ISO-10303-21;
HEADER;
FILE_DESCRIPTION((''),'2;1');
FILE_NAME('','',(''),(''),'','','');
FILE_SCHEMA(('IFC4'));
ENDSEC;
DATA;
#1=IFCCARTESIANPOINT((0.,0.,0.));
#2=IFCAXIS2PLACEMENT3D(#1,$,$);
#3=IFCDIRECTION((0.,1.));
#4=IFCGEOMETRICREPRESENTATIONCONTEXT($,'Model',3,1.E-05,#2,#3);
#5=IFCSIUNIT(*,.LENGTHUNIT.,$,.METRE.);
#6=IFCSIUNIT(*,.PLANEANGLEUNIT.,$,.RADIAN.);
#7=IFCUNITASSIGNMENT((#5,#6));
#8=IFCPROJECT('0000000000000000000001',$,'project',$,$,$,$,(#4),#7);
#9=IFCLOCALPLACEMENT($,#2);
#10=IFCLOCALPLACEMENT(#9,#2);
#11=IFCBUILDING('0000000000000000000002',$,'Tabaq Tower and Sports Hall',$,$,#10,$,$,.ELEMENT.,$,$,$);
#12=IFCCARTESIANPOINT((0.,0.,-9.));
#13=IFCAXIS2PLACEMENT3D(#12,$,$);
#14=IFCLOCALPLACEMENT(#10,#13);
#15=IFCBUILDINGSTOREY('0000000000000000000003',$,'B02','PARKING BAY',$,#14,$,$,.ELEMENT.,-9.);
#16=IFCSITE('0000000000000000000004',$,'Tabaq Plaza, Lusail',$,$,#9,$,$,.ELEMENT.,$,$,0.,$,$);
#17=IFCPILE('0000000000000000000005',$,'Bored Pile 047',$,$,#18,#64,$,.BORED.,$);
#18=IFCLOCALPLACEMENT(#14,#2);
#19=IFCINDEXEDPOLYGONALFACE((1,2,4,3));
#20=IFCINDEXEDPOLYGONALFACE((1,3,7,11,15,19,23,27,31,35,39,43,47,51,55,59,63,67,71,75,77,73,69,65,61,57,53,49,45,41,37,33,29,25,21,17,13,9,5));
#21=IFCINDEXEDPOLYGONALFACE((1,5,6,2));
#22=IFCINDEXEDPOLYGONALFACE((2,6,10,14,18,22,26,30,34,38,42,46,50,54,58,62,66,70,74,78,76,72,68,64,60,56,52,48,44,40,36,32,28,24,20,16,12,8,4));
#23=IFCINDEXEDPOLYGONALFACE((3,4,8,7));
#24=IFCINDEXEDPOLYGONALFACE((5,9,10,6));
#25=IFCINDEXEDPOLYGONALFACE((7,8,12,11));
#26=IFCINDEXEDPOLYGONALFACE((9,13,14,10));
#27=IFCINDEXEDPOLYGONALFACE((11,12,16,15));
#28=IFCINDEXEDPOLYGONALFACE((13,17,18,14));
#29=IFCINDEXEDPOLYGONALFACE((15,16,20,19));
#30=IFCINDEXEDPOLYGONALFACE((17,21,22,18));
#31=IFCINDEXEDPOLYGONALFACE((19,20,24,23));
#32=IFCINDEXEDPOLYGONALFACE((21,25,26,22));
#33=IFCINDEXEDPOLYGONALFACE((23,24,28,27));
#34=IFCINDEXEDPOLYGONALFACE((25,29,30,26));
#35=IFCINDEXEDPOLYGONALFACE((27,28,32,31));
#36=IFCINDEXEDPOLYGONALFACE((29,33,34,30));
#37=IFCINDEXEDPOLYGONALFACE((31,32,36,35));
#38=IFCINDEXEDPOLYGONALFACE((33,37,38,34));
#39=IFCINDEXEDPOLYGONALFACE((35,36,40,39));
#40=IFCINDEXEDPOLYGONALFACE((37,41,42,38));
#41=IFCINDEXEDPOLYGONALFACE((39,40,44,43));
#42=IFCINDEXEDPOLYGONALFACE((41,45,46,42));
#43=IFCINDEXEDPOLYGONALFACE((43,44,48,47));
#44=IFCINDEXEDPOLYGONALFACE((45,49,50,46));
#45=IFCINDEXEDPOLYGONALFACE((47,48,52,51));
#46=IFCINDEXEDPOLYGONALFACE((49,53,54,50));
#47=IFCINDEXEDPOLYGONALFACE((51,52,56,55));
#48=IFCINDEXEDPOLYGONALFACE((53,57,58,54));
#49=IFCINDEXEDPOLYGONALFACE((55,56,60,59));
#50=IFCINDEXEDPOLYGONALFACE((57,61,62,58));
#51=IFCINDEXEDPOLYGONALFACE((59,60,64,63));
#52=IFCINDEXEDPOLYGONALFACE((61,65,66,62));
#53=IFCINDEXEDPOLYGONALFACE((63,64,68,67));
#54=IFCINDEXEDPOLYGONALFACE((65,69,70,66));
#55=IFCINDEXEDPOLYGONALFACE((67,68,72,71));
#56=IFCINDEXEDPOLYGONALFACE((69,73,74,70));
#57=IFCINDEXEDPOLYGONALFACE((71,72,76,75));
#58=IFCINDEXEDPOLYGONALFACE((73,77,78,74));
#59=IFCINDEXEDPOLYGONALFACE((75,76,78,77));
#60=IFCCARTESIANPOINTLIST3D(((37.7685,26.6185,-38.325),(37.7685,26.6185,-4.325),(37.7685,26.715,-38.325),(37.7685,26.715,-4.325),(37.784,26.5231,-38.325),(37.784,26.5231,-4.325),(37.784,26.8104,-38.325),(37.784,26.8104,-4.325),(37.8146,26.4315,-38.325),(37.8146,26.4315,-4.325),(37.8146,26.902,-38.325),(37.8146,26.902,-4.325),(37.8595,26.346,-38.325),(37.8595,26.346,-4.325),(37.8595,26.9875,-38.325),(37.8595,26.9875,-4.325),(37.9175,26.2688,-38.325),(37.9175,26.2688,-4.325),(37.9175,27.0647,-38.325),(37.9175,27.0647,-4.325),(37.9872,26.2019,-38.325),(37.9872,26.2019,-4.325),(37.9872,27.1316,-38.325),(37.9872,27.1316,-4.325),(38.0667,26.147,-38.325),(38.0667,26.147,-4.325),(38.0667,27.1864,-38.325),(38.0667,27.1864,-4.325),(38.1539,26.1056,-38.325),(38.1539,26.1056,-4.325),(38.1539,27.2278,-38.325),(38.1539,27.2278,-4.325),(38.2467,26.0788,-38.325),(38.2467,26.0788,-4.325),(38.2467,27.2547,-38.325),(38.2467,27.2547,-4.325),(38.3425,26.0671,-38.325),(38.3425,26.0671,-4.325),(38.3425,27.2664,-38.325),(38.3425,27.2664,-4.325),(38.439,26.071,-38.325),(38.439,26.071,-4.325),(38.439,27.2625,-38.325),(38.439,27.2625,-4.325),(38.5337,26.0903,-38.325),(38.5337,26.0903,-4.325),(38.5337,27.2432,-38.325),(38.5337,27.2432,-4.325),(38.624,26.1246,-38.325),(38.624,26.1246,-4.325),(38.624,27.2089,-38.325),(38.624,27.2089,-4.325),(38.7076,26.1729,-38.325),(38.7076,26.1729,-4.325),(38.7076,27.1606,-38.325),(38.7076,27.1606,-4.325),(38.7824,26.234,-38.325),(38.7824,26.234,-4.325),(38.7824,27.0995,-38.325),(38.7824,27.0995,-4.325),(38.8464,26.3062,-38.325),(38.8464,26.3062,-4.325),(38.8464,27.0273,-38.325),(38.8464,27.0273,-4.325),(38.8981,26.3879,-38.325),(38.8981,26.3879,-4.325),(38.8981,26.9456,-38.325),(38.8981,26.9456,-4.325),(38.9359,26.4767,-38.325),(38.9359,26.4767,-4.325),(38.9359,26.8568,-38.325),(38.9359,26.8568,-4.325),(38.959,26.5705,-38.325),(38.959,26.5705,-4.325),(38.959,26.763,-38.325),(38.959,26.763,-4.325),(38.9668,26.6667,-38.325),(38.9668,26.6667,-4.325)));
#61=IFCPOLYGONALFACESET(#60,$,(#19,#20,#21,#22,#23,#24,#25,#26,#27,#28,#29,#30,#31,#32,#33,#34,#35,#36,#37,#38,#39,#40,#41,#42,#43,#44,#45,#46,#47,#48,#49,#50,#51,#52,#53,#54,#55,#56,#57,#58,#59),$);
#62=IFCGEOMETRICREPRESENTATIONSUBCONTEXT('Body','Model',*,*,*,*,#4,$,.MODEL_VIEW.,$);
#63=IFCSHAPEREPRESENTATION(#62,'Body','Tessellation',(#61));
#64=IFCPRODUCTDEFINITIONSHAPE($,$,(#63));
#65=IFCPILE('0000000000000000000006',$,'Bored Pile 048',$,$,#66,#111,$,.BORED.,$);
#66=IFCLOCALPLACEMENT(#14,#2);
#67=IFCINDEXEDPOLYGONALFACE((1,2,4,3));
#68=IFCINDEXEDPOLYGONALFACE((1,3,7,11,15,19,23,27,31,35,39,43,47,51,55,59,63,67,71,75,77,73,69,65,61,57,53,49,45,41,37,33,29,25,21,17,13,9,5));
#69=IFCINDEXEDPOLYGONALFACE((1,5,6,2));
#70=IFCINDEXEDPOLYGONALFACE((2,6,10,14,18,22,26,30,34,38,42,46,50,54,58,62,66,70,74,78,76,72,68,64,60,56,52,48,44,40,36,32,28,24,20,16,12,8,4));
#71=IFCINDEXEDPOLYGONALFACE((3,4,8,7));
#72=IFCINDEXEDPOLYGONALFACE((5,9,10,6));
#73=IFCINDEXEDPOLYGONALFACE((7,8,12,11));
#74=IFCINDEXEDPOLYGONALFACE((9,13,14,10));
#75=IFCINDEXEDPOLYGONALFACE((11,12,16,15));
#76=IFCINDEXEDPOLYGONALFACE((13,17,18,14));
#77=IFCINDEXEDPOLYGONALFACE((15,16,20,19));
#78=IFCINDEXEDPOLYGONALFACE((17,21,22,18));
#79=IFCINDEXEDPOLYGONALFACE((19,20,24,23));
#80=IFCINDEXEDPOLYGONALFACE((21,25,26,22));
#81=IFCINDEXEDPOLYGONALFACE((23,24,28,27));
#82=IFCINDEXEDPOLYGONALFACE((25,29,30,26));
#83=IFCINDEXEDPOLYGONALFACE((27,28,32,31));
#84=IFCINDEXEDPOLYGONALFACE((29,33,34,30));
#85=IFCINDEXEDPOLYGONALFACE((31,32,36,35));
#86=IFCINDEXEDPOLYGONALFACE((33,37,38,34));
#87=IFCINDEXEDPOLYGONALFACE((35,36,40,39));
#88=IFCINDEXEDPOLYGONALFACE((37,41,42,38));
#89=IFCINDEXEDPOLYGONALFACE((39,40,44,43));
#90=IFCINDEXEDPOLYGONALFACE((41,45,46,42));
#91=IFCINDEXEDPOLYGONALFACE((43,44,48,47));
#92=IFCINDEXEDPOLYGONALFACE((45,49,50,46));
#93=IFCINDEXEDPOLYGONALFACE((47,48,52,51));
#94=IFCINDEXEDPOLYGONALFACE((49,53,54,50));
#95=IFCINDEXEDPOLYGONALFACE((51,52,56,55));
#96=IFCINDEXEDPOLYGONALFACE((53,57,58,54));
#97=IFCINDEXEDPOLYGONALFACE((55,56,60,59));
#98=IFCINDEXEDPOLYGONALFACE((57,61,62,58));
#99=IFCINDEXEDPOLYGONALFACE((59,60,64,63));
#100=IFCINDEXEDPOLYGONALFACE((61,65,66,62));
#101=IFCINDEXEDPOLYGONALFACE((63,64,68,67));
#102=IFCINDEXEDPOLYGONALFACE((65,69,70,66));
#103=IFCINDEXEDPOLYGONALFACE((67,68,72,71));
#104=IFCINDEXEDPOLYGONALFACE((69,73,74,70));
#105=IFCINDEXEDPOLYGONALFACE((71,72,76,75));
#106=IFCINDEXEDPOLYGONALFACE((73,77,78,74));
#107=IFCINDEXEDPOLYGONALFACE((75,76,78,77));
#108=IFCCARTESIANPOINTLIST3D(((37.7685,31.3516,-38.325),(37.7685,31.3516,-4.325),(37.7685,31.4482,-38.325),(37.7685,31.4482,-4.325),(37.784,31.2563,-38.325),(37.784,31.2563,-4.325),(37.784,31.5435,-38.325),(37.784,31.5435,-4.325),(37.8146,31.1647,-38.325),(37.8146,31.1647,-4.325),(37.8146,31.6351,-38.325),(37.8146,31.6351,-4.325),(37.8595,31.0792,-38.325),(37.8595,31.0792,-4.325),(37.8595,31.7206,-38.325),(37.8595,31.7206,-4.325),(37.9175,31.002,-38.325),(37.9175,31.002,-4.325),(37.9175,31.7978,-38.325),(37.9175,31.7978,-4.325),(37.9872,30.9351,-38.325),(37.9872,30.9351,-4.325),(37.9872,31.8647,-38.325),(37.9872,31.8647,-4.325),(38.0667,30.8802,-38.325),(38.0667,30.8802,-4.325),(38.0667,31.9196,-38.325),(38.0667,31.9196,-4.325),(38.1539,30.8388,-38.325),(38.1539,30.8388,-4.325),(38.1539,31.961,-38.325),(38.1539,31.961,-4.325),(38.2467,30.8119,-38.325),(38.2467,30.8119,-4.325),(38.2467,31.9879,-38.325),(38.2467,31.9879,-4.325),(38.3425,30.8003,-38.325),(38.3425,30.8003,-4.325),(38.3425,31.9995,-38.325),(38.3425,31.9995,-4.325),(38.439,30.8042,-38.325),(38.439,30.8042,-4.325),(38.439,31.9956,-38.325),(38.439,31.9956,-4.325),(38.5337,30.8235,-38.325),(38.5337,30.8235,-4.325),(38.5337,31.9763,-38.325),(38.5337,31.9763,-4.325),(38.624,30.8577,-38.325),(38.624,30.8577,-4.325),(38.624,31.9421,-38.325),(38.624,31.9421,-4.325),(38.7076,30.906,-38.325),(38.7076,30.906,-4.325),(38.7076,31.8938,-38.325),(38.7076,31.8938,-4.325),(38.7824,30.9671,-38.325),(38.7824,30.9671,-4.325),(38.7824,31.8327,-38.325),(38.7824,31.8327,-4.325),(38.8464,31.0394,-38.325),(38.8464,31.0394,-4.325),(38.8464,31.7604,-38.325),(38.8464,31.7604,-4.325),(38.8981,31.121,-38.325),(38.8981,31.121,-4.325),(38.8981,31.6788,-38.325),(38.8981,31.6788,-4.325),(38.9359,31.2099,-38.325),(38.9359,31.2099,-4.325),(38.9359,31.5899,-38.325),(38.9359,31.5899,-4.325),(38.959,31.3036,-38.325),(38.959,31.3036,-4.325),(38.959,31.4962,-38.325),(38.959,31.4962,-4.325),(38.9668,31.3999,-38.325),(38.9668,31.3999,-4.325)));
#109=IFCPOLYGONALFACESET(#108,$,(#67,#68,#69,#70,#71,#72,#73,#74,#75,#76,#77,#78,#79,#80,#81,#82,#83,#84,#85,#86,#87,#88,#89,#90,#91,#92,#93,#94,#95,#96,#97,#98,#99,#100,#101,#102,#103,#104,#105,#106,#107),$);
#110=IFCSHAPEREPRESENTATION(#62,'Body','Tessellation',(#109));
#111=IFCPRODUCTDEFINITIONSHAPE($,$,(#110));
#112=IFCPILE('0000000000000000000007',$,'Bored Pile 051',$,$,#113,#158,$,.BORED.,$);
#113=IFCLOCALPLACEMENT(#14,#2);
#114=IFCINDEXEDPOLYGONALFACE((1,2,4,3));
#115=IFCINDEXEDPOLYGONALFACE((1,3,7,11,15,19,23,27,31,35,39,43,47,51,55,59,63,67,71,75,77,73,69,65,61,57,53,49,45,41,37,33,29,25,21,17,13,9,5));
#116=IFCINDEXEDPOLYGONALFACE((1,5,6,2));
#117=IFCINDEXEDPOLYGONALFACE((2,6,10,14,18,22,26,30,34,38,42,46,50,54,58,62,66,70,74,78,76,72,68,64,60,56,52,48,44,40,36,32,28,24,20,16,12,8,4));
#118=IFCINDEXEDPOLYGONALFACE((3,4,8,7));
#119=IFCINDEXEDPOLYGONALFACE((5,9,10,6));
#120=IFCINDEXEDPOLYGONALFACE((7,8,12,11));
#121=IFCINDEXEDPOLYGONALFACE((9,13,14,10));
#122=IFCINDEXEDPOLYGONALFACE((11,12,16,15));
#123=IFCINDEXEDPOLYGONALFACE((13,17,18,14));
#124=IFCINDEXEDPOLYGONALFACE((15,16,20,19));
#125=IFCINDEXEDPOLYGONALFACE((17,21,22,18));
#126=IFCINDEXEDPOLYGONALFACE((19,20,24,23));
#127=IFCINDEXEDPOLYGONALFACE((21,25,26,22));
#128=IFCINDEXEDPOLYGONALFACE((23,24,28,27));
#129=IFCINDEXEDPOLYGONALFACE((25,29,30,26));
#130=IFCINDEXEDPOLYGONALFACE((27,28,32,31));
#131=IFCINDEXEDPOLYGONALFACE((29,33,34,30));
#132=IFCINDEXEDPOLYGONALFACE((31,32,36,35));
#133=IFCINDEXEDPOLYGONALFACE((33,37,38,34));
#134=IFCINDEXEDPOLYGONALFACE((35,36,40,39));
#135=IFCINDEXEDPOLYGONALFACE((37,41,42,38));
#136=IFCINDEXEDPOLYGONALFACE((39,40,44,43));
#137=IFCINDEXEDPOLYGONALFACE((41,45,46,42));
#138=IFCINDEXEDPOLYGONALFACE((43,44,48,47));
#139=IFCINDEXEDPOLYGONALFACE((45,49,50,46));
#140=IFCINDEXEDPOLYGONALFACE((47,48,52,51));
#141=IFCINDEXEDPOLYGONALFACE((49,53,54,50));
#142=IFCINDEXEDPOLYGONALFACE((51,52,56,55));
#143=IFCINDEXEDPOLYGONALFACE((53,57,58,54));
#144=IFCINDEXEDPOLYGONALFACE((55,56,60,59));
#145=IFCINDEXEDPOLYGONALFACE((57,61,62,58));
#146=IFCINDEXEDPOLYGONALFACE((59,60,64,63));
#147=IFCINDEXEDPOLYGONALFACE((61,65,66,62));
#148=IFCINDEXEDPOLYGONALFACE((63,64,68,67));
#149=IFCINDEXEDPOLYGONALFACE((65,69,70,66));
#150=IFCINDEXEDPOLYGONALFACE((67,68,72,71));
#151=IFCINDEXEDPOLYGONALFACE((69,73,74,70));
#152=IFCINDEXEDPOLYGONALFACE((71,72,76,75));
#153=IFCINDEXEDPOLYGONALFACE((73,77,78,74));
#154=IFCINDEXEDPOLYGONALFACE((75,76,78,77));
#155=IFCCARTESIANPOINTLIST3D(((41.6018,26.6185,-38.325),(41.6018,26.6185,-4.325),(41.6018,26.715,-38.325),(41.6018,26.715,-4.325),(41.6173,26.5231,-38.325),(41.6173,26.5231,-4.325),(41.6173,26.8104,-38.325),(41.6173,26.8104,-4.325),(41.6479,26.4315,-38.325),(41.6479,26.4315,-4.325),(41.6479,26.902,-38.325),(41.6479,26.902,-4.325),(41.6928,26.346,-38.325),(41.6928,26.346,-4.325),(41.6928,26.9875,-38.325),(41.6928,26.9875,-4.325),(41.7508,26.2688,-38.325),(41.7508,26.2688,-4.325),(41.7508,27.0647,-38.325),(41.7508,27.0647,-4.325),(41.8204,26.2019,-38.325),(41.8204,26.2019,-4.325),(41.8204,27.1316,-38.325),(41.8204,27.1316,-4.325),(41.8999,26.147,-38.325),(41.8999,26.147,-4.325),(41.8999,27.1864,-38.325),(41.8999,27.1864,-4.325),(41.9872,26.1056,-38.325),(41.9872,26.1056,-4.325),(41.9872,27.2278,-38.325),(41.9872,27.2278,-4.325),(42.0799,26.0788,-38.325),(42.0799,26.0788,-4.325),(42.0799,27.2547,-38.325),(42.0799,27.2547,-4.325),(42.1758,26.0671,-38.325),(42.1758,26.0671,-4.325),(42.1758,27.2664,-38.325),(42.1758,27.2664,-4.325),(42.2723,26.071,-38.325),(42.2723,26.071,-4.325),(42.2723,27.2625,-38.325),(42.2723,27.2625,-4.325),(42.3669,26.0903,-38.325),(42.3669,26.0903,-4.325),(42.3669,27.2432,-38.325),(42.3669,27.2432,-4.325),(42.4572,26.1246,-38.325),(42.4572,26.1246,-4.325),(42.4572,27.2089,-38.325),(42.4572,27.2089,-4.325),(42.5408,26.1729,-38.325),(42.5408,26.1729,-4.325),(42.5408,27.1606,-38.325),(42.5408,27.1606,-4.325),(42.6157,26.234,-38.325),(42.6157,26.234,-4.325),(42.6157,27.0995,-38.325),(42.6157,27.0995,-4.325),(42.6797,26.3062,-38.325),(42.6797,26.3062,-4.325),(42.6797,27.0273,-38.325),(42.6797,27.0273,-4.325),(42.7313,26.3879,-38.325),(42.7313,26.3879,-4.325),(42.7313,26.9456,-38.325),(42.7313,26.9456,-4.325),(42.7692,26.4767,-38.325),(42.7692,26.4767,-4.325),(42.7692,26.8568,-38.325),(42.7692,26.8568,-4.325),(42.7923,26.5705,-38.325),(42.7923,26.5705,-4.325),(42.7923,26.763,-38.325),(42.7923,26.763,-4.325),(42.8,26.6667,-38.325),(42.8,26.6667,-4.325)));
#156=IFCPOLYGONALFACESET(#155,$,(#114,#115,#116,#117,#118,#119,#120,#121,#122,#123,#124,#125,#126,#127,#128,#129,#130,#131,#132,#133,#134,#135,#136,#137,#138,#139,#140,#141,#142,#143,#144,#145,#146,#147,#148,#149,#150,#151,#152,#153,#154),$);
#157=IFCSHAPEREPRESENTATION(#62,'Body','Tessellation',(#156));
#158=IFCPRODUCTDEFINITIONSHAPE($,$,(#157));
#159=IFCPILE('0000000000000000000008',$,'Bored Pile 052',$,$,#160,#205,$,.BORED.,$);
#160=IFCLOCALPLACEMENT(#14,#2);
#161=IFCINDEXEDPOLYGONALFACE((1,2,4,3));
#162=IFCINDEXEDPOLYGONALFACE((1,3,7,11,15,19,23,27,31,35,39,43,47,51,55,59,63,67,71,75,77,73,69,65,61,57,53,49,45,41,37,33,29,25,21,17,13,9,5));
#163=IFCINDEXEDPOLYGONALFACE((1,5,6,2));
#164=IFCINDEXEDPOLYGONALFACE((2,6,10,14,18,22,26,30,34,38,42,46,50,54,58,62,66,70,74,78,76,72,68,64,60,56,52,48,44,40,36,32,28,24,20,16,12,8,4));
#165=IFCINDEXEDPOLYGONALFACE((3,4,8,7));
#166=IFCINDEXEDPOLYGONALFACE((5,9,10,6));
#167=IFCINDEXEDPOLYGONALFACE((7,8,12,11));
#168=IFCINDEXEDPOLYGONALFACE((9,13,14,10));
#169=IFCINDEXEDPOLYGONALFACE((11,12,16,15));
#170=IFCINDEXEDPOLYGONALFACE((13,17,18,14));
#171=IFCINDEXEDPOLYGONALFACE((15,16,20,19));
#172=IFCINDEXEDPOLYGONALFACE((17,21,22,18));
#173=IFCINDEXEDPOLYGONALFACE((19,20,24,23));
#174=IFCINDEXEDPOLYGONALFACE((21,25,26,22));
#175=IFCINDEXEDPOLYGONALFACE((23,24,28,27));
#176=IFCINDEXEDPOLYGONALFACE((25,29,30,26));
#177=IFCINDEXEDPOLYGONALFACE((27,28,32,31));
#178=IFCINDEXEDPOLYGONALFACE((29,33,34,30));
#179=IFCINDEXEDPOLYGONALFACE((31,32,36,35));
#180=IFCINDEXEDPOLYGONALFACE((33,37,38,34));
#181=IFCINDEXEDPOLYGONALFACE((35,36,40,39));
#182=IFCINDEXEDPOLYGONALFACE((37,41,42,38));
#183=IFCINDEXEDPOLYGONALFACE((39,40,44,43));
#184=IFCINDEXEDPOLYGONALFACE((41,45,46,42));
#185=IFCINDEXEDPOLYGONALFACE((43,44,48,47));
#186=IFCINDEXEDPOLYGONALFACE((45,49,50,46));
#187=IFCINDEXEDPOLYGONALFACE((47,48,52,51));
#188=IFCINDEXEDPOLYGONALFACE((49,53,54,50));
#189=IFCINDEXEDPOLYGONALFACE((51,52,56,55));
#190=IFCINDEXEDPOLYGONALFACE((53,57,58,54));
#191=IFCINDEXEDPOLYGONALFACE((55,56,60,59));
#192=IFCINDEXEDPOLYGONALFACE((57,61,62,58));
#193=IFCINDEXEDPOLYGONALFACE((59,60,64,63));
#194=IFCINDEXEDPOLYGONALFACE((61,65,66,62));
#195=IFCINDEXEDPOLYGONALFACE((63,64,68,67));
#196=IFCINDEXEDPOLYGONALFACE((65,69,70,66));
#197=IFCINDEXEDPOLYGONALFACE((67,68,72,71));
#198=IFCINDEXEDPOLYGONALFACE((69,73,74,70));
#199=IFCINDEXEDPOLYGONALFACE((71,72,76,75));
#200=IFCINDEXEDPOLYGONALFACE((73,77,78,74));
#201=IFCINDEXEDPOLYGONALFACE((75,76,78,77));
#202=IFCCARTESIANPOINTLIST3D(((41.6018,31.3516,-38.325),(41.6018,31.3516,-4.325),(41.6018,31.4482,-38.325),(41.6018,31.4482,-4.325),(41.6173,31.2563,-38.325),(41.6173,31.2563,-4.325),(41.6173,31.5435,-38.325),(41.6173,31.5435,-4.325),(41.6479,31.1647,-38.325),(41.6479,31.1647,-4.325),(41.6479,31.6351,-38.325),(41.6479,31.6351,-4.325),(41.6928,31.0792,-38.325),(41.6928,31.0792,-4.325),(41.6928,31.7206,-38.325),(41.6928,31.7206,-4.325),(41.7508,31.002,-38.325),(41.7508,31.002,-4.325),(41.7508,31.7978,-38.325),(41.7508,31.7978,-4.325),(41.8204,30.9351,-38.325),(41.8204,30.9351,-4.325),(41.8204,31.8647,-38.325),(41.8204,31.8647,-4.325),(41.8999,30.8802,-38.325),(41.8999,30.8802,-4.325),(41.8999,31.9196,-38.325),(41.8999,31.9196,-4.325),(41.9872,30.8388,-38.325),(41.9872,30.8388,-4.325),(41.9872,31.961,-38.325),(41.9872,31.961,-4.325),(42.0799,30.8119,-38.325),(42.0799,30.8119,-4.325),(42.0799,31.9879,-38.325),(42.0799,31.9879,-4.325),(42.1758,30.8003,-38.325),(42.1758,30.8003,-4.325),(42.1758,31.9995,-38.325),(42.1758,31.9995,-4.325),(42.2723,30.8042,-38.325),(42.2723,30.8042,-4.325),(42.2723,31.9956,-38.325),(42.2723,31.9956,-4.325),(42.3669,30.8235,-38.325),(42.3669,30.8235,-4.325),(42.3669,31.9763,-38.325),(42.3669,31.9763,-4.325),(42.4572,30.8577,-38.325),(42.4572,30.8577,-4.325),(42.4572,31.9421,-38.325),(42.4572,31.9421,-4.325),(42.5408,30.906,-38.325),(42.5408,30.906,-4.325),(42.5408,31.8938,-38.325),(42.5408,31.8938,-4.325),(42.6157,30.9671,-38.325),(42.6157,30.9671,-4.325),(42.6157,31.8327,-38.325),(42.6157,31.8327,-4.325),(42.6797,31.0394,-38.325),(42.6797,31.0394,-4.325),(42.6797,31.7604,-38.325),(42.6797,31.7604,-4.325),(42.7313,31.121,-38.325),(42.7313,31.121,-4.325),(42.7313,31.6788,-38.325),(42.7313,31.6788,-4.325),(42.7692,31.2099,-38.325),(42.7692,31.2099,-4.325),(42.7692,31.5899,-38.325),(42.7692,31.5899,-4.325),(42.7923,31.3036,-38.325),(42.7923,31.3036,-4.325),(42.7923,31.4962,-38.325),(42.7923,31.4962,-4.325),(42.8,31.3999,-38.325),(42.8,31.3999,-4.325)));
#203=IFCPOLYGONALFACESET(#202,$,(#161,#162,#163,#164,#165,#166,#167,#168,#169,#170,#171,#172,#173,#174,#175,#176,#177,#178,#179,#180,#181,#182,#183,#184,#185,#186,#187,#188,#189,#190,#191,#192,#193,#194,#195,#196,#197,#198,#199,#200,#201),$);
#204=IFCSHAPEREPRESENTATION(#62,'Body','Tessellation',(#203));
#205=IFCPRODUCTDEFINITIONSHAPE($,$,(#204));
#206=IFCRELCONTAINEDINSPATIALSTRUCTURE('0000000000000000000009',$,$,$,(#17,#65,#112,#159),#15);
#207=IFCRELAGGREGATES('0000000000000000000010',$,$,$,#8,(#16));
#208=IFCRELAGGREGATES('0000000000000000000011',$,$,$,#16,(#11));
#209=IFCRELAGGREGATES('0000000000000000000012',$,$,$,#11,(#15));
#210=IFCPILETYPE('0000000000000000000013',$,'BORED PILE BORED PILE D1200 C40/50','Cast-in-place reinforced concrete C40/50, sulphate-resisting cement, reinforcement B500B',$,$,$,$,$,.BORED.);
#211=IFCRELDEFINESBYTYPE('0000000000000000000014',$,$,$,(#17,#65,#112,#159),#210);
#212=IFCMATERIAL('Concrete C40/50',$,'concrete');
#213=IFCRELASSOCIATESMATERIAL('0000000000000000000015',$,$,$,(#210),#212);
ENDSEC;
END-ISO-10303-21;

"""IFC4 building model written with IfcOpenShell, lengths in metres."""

from ifc_helpers import new_model, si_unit, direction, frame, origin, origin_2d, place, context, subcontext, project, spatial, circle, extrude, material, material_profile, profile_set, type_object, element, save


model = new_model("IFC4")

# Units and contexts
model_context = context("Model", 3, precision=1e-05, world=origin(), true_north=direction((0.0, 1.0)))
body_context = subcontext(model_context, "Body", "Model", "MODEL_VIEW")
ifc_project = project(units=[si_unit("LENGTHUNIT", "METRE"), si_unit("PLANEANGLEUNIT", "RADIAN")], contexts=[model_context])

# Site, building, storey
site_placement = place(None, origin())
site = spatial("IfcSite", under=ifc_project, at=site_placement, Name="Tabaq Plaza, Lusail", CompositionType="ELEMENT", RefElevation=0.0)
building_placement = place(site_placement, origin())
building = spatial("IfcBuilding", under=site, at=building_placement, Name="Tabaq Tower and Sports Hall", CompositionType="ELEMENT")
storey_placement = place(building_placement, frame((0.0, 0.0, -9.0)))
storey = spatial("IfcBuildingStorey", under=building, at=storey_placement, Name="B02", Description="PARKING BAY", CompositionType="ELEMENT", Elevation=-9.0)

# Piles
ifc_material_1 = material(Name="Concrete C40/50", Category="concrete")
ifc_material_profile_1 = material_profile(ifc_material_1, circle(Radius=0.6001, at=origin_2d()), Name="BORED PILE D1200")
ifc_profile_set_1 = profile_set([ifc_material_profile_1], Name="Concrete C40/50")
pile_type = type_object("IfcPileType", Name="BORED PILE BORED PILE D1200 C40/50", Description="Cast-in-place reinforced concrete C40/50, sulphate-resisting cement, reinforcement B500B", PredefinedType="BORED", material=ifc_profile_set_1)
for number, where, z_axis, x_axis, name in (
    (1, (38.3667, 26.6667, -4.325), (0.0, 0.0, -1.0), (1.0, 0.0, 0.0), "Bored Pile 047"),
    (2, (38.3667, 31.3999, -4.325), (0.0, 0.0, -1.0), (1.0, 0.0, 0.0), "Bored Pile 048"),
    (3, (42.2, 26.6667, -4.325), (0.0, 0.0, -1.0), (1.0, 0.0, 0.0), "Bored Pile 051"),
    (4, (42.2, 31.3999, -4.325), (0.0, 0.0, -1.0), (1.0, 0.0, 0.0), "Bored Pile 052"),
):
    element("IfcPile", number, at=place(storey_placement, frame(where, z_axis=z_axis, x_axis=x_axis)), inside=storey, type_object=pile_type, Name=name, PredefinedType="BORED", context=body_context, shape_type="SweptSolid", body=[
        extrude(circle(Radius=0.6001, at=origin_2d()), origin(), (0.0, 0.0, 1.0), 34.0),
    ])

save(model, "model.ifc")
